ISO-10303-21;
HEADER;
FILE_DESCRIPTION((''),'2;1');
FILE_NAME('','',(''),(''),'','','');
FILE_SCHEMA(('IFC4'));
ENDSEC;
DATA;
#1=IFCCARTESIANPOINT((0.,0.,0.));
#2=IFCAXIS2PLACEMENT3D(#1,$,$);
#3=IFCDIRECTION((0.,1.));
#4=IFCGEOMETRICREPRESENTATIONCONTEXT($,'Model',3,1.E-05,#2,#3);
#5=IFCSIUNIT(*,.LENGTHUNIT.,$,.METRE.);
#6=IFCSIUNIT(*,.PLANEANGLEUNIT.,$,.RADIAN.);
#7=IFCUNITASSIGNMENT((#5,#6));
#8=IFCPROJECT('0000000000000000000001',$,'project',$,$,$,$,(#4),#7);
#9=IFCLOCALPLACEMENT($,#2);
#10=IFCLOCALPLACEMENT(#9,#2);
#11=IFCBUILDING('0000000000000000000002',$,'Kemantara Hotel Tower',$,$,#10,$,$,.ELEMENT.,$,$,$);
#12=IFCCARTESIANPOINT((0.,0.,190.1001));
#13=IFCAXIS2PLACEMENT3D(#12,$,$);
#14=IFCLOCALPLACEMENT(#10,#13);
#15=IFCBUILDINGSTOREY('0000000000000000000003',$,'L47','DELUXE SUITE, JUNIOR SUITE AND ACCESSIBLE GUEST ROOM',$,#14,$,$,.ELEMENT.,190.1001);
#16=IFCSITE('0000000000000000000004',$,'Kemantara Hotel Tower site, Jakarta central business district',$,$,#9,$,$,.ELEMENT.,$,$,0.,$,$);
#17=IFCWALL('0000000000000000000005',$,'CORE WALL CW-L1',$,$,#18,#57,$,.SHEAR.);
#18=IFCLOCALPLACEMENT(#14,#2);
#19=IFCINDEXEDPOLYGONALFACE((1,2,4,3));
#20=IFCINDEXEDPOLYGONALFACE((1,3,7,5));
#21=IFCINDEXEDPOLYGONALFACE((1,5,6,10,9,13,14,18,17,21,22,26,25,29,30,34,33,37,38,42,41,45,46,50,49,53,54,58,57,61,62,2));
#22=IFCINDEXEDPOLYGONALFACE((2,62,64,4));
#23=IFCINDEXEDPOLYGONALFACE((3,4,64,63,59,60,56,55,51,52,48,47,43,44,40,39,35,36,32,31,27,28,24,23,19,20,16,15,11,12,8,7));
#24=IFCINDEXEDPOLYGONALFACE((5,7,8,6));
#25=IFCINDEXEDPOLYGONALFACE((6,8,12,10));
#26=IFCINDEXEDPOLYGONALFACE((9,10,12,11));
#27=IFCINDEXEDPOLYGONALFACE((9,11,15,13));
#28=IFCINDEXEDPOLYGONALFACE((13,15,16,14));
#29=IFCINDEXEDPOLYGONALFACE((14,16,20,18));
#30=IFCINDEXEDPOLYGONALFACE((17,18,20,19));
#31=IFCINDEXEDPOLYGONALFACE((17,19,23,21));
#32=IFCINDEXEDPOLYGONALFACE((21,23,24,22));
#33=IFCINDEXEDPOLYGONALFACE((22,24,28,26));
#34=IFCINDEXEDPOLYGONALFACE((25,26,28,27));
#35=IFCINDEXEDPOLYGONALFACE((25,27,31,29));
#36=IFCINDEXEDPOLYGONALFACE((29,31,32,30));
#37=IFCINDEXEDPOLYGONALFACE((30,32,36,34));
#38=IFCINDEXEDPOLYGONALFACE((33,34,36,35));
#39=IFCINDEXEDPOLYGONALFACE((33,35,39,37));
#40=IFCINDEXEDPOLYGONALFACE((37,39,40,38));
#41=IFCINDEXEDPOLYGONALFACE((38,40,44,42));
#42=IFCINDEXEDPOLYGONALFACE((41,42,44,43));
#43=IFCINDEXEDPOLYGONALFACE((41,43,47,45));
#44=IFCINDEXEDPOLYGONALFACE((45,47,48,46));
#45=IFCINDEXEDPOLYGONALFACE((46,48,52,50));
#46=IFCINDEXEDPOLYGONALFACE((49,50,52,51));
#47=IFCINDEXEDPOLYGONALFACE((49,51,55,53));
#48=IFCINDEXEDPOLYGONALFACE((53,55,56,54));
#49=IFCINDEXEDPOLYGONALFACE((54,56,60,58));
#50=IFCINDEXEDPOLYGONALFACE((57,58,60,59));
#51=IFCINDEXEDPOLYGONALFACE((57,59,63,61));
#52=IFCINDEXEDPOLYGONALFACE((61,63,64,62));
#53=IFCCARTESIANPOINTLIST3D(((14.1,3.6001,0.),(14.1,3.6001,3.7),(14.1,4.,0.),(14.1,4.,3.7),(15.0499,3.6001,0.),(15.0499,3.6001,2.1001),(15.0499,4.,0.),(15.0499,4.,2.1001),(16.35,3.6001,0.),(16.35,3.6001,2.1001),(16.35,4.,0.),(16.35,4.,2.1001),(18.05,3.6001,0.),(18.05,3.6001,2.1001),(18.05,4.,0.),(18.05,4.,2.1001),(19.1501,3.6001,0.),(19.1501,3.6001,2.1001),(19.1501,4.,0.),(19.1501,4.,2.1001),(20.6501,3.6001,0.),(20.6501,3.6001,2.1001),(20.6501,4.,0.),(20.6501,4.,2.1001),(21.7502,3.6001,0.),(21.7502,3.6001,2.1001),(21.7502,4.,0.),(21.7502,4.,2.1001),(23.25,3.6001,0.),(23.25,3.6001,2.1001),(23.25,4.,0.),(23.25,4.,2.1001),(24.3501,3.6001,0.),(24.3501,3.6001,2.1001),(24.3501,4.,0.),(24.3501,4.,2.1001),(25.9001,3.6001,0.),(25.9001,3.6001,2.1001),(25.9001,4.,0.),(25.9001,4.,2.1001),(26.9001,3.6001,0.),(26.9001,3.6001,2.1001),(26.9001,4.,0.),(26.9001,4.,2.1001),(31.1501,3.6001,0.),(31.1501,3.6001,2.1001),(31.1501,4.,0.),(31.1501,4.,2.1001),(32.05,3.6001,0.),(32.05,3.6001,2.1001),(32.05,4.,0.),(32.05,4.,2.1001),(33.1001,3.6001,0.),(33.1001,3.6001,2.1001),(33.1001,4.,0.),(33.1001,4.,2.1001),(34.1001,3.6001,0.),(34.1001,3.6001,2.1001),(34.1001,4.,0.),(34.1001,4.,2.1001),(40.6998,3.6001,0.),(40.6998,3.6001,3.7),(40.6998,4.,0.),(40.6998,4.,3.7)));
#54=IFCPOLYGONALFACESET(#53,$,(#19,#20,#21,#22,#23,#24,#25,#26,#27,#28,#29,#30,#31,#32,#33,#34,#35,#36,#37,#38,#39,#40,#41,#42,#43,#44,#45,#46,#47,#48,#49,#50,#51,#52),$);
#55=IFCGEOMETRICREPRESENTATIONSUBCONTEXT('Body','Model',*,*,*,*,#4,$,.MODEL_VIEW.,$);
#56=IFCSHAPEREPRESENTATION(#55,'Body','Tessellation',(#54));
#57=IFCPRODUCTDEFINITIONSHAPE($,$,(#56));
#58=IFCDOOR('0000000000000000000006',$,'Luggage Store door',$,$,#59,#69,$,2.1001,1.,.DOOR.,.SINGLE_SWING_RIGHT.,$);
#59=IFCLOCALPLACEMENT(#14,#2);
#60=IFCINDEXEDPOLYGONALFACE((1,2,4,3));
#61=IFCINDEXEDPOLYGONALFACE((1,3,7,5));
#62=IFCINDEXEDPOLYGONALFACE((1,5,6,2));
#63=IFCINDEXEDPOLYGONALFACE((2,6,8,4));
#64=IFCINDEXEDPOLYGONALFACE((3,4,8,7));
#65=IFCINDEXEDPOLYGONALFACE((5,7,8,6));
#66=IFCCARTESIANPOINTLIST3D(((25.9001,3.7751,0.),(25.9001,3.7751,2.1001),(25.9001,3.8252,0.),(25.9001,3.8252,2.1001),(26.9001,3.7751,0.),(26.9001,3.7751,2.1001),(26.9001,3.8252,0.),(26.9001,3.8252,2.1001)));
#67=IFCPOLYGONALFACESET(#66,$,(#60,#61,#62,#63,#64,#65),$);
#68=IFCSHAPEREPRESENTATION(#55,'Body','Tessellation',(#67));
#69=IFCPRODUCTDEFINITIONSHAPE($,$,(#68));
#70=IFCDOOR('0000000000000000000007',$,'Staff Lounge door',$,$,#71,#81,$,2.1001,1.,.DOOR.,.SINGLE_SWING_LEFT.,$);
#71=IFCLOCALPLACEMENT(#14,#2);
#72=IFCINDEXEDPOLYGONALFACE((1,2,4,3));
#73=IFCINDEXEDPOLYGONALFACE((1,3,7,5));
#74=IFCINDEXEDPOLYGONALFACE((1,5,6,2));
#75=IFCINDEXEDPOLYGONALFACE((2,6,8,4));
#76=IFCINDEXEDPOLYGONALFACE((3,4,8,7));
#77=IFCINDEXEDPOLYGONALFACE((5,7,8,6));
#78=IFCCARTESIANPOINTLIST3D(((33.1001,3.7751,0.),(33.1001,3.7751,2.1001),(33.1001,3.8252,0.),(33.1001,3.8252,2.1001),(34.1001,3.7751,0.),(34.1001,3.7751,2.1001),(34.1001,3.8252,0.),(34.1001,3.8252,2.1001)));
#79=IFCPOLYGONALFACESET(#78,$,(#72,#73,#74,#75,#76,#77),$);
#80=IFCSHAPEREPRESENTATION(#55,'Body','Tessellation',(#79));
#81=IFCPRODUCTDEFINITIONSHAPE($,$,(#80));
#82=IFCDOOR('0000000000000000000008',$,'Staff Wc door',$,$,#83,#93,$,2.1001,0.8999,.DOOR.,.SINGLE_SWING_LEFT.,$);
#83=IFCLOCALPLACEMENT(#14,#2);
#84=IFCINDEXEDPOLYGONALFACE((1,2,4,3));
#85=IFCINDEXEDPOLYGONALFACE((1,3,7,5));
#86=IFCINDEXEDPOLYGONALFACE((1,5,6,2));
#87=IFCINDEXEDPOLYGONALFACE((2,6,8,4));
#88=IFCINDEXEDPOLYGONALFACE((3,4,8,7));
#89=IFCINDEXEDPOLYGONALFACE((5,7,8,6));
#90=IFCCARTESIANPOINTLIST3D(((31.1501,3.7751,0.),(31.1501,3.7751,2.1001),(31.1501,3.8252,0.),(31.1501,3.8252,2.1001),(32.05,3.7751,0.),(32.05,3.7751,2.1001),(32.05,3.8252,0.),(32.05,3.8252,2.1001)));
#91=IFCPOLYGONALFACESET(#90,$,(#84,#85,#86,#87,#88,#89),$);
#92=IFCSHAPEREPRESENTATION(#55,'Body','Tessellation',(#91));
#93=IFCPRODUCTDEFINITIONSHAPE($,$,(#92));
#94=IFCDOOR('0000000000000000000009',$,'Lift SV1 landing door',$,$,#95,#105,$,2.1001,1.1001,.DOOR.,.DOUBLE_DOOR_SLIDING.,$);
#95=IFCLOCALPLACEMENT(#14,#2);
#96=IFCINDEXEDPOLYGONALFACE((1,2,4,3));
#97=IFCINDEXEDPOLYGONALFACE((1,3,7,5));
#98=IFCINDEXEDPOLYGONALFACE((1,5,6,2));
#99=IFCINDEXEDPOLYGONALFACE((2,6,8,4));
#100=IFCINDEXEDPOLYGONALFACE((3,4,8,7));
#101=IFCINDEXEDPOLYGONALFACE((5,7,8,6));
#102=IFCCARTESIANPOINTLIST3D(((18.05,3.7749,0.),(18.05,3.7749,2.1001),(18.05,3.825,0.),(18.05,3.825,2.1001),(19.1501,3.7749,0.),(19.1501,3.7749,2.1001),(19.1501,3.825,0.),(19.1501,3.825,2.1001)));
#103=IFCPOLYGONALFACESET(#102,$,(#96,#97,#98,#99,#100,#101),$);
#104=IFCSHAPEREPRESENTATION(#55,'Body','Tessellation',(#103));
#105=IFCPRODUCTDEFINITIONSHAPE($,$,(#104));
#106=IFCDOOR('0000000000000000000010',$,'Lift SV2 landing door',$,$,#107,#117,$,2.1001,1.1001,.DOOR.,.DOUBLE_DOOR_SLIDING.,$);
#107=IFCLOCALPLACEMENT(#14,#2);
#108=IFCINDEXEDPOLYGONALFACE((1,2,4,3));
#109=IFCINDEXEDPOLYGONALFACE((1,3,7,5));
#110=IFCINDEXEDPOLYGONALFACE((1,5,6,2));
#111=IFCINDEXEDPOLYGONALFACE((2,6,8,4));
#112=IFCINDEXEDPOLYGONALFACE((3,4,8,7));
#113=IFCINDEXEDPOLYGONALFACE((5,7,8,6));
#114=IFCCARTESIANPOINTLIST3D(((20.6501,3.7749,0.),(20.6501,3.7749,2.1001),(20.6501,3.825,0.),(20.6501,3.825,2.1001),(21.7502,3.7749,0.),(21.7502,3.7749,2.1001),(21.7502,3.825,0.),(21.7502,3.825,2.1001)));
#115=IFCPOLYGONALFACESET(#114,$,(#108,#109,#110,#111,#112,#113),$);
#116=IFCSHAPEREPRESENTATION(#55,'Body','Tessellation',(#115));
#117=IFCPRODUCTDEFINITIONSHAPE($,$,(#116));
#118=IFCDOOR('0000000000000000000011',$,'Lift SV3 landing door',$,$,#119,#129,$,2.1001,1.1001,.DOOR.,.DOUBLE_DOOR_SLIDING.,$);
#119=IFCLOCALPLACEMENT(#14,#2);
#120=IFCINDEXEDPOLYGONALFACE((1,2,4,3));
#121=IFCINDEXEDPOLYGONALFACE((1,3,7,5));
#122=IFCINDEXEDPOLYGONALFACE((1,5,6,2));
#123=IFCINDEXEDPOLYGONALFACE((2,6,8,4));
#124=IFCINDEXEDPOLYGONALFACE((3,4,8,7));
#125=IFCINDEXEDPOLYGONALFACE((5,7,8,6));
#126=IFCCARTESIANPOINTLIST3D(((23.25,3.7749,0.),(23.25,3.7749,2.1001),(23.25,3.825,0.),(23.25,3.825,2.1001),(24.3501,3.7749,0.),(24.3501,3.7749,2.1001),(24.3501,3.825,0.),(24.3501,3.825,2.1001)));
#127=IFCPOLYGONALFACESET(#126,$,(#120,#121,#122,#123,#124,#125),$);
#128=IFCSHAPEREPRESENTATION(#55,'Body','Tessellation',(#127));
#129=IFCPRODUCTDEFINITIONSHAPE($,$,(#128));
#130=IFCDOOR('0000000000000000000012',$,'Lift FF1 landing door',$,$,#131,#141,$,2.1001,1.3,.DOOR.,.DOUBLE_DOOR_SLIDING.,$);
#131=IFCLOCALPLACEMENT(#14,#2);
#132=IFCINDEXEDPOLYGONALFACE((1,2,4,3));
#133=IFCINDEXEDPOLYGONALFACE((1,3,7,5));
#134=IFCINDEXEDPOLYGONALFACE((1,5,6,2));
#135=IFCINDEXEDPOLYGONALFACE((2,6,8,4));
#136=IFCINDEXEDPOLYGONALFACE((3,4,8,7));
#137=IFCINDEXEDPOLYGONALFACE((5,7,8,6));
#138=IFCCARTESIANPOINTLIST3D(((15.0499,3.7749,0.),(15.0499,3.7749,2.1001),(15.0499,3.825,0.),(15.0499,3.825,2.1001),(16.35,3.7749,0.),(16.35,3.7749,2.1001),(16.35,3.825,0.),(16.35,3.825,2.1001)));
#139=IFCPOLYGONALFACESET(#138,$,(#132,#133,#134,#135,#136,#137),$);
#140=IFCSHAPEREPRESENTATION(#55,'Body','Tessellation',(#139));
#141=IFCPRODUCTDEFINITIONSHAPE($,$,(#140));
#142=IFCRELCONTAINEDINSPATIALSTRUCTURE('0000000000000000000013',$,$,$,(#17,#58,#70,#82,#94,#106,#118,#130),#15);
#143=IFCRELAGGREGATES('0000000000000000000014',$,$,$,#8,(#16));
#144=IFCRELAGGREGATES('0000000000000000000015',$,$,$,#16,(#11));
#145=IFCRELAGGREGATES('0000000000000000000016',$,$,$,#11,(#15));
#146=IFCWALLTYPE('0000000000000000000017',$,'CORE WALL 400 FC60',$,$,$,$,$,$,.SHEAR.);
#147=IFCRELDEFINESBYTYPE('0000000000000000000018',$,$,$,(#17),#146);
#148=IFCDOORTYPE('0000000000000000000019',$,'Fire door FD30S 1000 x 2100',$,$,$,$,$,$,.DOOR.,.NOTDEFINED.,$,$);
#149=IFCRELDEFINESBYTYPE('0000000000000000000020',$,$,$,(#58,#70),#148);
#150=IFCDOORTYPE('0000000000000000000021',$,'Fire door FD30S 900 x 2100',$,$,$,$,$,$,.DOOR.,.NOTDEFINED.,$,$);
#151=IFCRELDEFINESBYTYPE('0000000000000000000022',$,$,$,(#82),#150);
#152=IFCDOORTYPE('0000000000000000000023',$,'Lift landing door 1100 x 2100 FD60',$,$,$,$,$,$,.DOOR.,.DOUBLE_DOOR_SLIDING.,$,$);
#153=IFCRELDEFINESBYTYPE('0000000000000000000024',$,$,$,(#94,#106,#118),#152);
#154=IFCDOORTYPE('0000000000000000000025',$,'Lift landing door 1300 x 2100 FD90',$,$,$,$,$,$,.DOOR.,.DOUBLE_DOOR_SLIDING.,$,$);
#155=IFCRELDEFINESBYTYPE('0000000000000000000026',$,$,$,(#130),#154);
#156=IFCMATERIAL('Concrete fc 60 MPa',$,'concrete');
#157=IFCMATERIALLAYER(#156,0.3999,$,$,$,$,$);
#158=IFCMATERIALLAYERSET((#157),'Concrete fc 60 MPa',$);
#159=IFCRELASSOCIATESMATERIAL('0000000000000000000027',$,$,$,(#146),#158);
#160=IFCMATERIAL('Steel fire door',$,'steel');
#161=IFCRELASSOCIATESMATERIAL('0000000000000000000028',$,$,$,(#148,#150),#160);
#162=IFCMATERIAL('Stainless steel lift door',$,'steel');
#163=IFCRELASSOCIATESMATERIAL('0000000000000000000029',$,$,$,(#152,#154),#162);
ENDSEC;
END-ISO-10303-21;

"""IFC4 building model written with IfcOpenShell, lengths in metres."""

from ifc_helpers import new_model, si_unit, direction, frame, frame_2d, origin, place, context, subcontext, project, spatial, rectangle, extrude, material, layer, layer_set, type_object, element, fill, save


model = new_model("IFC4")

# Units and contexts
model_context = context("Model", 3, precision=1e-05, world=origin(), true_north=direction((0.0, 1.0)))
body_context = subcontext(model_context, "Body", "Model", "MODEL_VIEW")
ifc_project = project(units=[si_unit("LENGTHUNIT", "METRE"), si_unit("PLANEANGLEUNIT", "RADIAN")], contexts=[model_context])

# Site, building, storey
site_placement = place(None, origin())
site = spatial("IfcSite", under=ifc_project, at=site_placement, Name="Kemantara Hotel Tower site, Jakarta central business district", CompositionType="ELEMENT", RefElevation=0.0)
building_placement = place(site_placement, origin())
building = spatial("IfcBuilding", under=site, at=building_placement, Name="Kemantara Hotel Tower", CompositionType="ELEMENT")
storey_placement = place(building_placement, frame((0.0, 0.0, 190.1001)))
storey = spatial("IfcBuildingStorey", under=building, at=storey_placement, Name="L47", Description="DELUXE SUITE, JUNIOR SUITE AND ACCESSIBLE GUEST ROOM", CompositionType="ELEMENT", Elevation=190.1001)

# Shared definitions
ifc_material_1 = material(Name="Concrete fc 60 MPa", Category="concrete")

# Wall, openings, doors
ifc_layer_1 = layer(ifc_material_1, 0.3999)
ifc_layer_set_1 = layer_set([ifc_layer_1], Name="Concrete fc 60 MPa")
wall_type_1 = type_object("IfcWallType", Name="CORE WALL 400 FC60", PredefinedType="SHEAR", material=ifc_layer_set_1)
wall_1_placement = place(storey_placement, frame((14.1001, 3.8, 0.0), z_axis=(0.0, 0.0, 1.0), x_axis=(1.0, 0.0, 0.0)))
wall_1 = element("IfcWall", 1, at=wall_1_placement, inside=storey, type_object=wall_type_1, Name="CORE WALL CW-L1", PredefinedType="SHEAR", context=body_context, shape_type="SweptSolid", body=[
    extrude(rectangle(XDim=26.5999, YDim=0.3999, at=frame_2d((13.2998, 0.0))), origin(), (0.0, 0.0, 1.0), 3.7),
])
opening_1_placement = place(wall_1_placement, frame((0.95, 0.0, 0.0)))
opening_1 = element("IfcOpeningElement", 2, at=opening_1_placement, cuts=wall_1, PredefinedType="OPENING", context=body_context, shape_type="SweptSolid", body=[
    extrude(rectangle(XDim=1.3, YDim=2.1001, at=frame_2d((0.6499, 1.05))), frame((0.0, 0.21, 0.0), z_axis=(0.0, -1.0, 0.0), x_axis=(1.0, 0.0, 0.0)), (0.0, 0.0, 1.0), 0.4199),
])
opening_2_placement = place(wall_1_placement, frame((3.95, 0.0, 0.0)))
opening_2 = element("IfcOpeningElement", 3, at=opening_2_placement, cuts=wall_1, PredefinedType="OPENING", context=body_context, shape_type="SweptSolid", body=[
    extrude(rectangle(XDim=1.1001, YDim=2.1001, at=frame_2d((0.55, 1.05))), frame((0.0, 0.21, 0.0), z_axis=(0.0, -1.0, 0.0), x_axis=(1.0, 0.0, 0.0)), (0.0, 0.0, 1.0), 0.4199),
])
opening_3_placement = place(wall_1_placement, frame((6.55, 0.0, 0.0)))
opening_3 = element("IfcOpeningElement", 4, at=opening_3_placement, cuts=wall_1, PredefinedType="OPENING", context=body_context, shape_type="SweptSolid", body=[
    extrude(rectangle(XDim=1.1001, YDim=2.1001, at=frame_2d((0.55, 1.05))), frame((0.0, 0.21, 0.0), z_axis=(0.0, -1.0, 0.0), x_axis=(1.0, 0.0, 0.0)), (0.0, 0.0, 1.0), 0.4199),
])
opening_4_placement = place(wall_1_placement, frame((9.1499, 0.0, 0.0)))
opening_4 = element("IfcOpeningElement", 5, at=opening_4_placement, cuts=wall_1, PredefinedType="OPENING", context=body_context, shape_type="SweptSolid", body=[
    extrude(rectangle(XDim=1.1001, YDim=2.1001, at=frame_2d((0.55, 1.05))), frame((0.0, 0.21, 0.0), z_axis=(0.0, -1.0, 0.0), x_axis=(1.0, 0.0, 0.0)), (0.0, 0.0, 1.0), 0.4199),
])
opening_5_placement = place(wall_1_placement, frame((11.8, 0.0, 0.0)))
opening_5 = element("IfcOpeningElement", 6, at=opening_5_placement, cuts=wall_1, PredefinedType="OPENING", context=body_context, shape_type="SweptSolid", body=[
    extrude(rectangle(XDim=1.0, YDim=2.1001, at=frame_2d((0.5, 1.05))), frame((0.0, 0.21, 0.0), z_axis=(0.0, -1.0, 0.0), x_axis=(1.0, 0.0, 0.0)), (0.0, 0.0, 1.0), 0.4199),
])
opening_6_placement = place(wall_1_placement, frame((17.05, 0.0, 0.0)))
opening_6 = element("IfcOpeningElement", 7, at=opening_6_placement, cuts=wall_1, PredefinedType="OPENING", context=body_context, shape_type="SweptSolid", body=[
    extrude(rectangle(XDim=0.8999, YDim=2.1001, at=frame_2d((0.45, 1.05))), frame((0.0, 0.21, 0.0), z_axis=(0.0, -1.0, 0.0), x_axis=(1.0, 0.0, 0.0)), (0.0, 0.0, 1.0), 0.4199),
])
opening_7_placement = place(wall_1_placement, frame((19.0, 0.0, 0.0)))
opening_7 = element("IfcOpeningElement", 8, at=opening_7_placement, cuts=wall_1, PredefinedType="OPENING", context=body_context, shape_type="SweptSolid", body=[
    extrude(rectangle(XDim=1.0, YDim=2.1001, at=frame_2d((0.5, 1.05))), frame((0.0, 0.21, 0.0), z_axis=(0.0, -1.0, 0.0), x_axis=(1.0, 0.0, 0.0)), (0.0, 0.0, 1.0), 0.4199),
])
ifc_material_2 = material(Name="Steel fire door", Category="steel")
door_type_1 = type_object("IfcDoorType", Name="Fire door FD30S 1000 x 2100", OperationType="NOTDEFINED", PredefinedType="DOOR", material=ifc_material_2)
door_1_placement = place(opening_5_placement, frame((1.0, 0.0, 0.0), z_axis=(0.0, 0.0, 1.0), x_axis=(-1.0, 0.0, 0.0)))
door_1 = element("IfcDoor", 9, at=door_1_placement, inside=storey, type_object=door_type_1, Name="Luggage Store door", OperationType="SINGLE_SWING_RIGHT", OverallHeight=2.1001, OverallWidth=1.0, PredefinedType="DOOR", context=body_context, shape_type="SweptSolid", body=[
    extrude(rectangle(XDim=1.0, YDim=2.1001, at=frame_2d((0.5, 1.05))), frame((0.0, 0.0249, 0.0), z_axis=(0.0, -1.0, 0.0), x_axis=(1.0, 0.0, 0.0)), (0.0, 0.0, 1.0), 0.05),
])
fill(opening_5, door_1)
door_2_placement = place(opening_7_placement, frame((1.0, 0.0, 0.0), z_axis=(0.0, 0.0, 1.0), x_axis=(-1.0, 0.0, 0.0)))
door_2 = element("IfcDoor", 10, at=door_2_placement, inside=storey, type_object=door_type_1, Name="Staff Lounge door", OperationType="SINGLE_SWING_LEFT", OverallHeight=2.1001, OverallWidth=1.0, PredefinedType="DOOR", context=body_context, shape_type="SweptSolid", body=[
    extrude(rectangle(XDim=1.0, YDim=2.1001, at=frame_2d((0.5, 1.05))), frame((0.0, 0.0249, 0.0), z_axis=(0.0, -1.0, 0.0), x_axis=(1.0, 0.0, 0.0)), (0.0, 0.0, 1.0), 0.05),
])
fill(opening_7, door_2)
door_type_2 = type_object("IfcDoorType", Name="Fire door FD30S 900 x 2100", OperationType="NOTDEFINED", PredefinedType="DOOR", material=ifc_material_2)
door_3_placement = place(opening_6_placement, frame((0.8999, 0.0, 0.0), z_axis=(0.0, 0.0, 1.0), x_axis=(-1.0, 0.0, 0.0)))
door_3 = element("IfcDoor", 11, at=door_3_placement, inside=storey, type_object=door_type_2, Name="Staff Wc door", OperationType="SINGLE_SWING_LEFT", OverallHeight=2.1001, OverallWidth=0.8999, PredefinedType="DOOR", context=body_context, shape_type="SweptSolid", body=[
    extrude(rectangle(XDim=0.8999, YDim=2.1001, at=frame_2d((0.45, 1.05))), frame((0.0, 0.0249, 0.0), z_axis=(0.0, -1.0, 0.0), x_axis=(1.0, 0.0, 0.0)), (0.0, 0.0, 1.0), 0.05),
])
fill(opening_6, door_3)
ifc_material_3 = material(Name="Stainless steel lift door", Category="steel")
door_type_3 = type_object("IfcDoorType", Name="Lift landing door 1100 x 2100 FD60", OperationType="DOUBLE_DOOR_SLIDING", PredefinedType="DOOR", material=ifc_material_3)
door_4_placement = place(opening_2_placement, origin())
door_4 = element("IfcDoor", 12, at=door_4_placement, inside=storey, type_object=door_type_3, Name="Lift SV1 landing door", OperationType="DOUBLE_DOOR_SLIDING", OverallHeight=2.1001, OverallWidth=1.1001, PredefinedType="DOOR", context=body_context, shape_type="SweptSolid", body=[
    extrude(rectangle(XDim=1.1001, YDim=2.1001, at=frame_2d((0.55, 1.05))), frame((0.0, 0.0249, 0.0), z_axis=(0.0, -1.0, 0.0), x_axis=(1.0, 0.0, 0.0)), (0.0, 0.0, 1.0), 0.05),
])
fill(opening_2, door_4)
door_5_placement = place(opening_3_placement, origin())
door_5 = element("IfcDoor", 13, at=door_5_placement, inside=storey, type_object=door_type_3, Name="Lift SV2 landing door", OperationType="DOUBLE_DOOR_SLIDING", OverallHeight=2.1001, OverallWidth=1.1001, PredefinedType="DOOR", context=body_context, shape_type="SweptSolid", body=[
    extrude(rectangle(XDim=1.1001, YDim=2.1001, at=frame_2d((0.55, 1.05))), frame((0.0, 0.0249, 0.0), z_axis=(0.0, -1.0, 0.0), x_axis=(1.0, 0.0, 0.0)), (0.0, 0.0, 1.0), 0.05),
])
fill(opening_3, door_5)
door_6_placement = place(opening_4_placement, origin())
door_6 = element("IfcDoor", 14, at=door_6_placement, inside=storey, type_object=door_type_3, Name="Lift SV3 landing door", OperationType="DOUBLE_DOOR_SLIDING", OverallHeight=2.1001, OverallWidth=1.1001, PredefinedType="DOOR", context=body_context, shape_type="SweptSolid", body=[
    extrude(rectangle(XDim=1.1001, YDim=2.1001, at=frame_2d((0.55, 1.05))), frame((0.0, 0.0249, 0.0), z_axis=(0.0, -1.0, 0.0), x_axis=(1.0, 0.0, 0.0)), (0.0, 0.0, 1.0), 0.05),
])
fill(opening_4, door_6)
door_type_4 = type_object("IfcDoorType", Name="Lift landing door 1300 x 2100 FD90", OperationType="DOUBLE_DOOR_SLIDING", PredefinedType="DOOR", material=ifc_material_3)
door_7_placement = place(opening_1_placement, origin())
door_7 = element("IfcDoor", 15, at=door_7_placement, inside=storey, type_object=door_type_4, Name="Lift FF1 landing door", OperationType="DOUBLE_DOOR_SLIDING", OverallHeight=2.1001, OverallWidth=1.3, PredefinedType="DOOR", context=body_context, shape_type="SweptSolid", body=[
    extrude(rectangle(XDim=1.3, YDim=2.1001, at=frame_2d((0.6499, 1.05))), frame((0.0, 0.0249, 0.0), z_axis=(0.0, -1.0, 0.0), x_axis=(1.0, 0.0, 0.0)), (0.0, 0.0, 1.0), 0.05),
])
fill(opening_1, door_7)

save(model, "model.ifc")
